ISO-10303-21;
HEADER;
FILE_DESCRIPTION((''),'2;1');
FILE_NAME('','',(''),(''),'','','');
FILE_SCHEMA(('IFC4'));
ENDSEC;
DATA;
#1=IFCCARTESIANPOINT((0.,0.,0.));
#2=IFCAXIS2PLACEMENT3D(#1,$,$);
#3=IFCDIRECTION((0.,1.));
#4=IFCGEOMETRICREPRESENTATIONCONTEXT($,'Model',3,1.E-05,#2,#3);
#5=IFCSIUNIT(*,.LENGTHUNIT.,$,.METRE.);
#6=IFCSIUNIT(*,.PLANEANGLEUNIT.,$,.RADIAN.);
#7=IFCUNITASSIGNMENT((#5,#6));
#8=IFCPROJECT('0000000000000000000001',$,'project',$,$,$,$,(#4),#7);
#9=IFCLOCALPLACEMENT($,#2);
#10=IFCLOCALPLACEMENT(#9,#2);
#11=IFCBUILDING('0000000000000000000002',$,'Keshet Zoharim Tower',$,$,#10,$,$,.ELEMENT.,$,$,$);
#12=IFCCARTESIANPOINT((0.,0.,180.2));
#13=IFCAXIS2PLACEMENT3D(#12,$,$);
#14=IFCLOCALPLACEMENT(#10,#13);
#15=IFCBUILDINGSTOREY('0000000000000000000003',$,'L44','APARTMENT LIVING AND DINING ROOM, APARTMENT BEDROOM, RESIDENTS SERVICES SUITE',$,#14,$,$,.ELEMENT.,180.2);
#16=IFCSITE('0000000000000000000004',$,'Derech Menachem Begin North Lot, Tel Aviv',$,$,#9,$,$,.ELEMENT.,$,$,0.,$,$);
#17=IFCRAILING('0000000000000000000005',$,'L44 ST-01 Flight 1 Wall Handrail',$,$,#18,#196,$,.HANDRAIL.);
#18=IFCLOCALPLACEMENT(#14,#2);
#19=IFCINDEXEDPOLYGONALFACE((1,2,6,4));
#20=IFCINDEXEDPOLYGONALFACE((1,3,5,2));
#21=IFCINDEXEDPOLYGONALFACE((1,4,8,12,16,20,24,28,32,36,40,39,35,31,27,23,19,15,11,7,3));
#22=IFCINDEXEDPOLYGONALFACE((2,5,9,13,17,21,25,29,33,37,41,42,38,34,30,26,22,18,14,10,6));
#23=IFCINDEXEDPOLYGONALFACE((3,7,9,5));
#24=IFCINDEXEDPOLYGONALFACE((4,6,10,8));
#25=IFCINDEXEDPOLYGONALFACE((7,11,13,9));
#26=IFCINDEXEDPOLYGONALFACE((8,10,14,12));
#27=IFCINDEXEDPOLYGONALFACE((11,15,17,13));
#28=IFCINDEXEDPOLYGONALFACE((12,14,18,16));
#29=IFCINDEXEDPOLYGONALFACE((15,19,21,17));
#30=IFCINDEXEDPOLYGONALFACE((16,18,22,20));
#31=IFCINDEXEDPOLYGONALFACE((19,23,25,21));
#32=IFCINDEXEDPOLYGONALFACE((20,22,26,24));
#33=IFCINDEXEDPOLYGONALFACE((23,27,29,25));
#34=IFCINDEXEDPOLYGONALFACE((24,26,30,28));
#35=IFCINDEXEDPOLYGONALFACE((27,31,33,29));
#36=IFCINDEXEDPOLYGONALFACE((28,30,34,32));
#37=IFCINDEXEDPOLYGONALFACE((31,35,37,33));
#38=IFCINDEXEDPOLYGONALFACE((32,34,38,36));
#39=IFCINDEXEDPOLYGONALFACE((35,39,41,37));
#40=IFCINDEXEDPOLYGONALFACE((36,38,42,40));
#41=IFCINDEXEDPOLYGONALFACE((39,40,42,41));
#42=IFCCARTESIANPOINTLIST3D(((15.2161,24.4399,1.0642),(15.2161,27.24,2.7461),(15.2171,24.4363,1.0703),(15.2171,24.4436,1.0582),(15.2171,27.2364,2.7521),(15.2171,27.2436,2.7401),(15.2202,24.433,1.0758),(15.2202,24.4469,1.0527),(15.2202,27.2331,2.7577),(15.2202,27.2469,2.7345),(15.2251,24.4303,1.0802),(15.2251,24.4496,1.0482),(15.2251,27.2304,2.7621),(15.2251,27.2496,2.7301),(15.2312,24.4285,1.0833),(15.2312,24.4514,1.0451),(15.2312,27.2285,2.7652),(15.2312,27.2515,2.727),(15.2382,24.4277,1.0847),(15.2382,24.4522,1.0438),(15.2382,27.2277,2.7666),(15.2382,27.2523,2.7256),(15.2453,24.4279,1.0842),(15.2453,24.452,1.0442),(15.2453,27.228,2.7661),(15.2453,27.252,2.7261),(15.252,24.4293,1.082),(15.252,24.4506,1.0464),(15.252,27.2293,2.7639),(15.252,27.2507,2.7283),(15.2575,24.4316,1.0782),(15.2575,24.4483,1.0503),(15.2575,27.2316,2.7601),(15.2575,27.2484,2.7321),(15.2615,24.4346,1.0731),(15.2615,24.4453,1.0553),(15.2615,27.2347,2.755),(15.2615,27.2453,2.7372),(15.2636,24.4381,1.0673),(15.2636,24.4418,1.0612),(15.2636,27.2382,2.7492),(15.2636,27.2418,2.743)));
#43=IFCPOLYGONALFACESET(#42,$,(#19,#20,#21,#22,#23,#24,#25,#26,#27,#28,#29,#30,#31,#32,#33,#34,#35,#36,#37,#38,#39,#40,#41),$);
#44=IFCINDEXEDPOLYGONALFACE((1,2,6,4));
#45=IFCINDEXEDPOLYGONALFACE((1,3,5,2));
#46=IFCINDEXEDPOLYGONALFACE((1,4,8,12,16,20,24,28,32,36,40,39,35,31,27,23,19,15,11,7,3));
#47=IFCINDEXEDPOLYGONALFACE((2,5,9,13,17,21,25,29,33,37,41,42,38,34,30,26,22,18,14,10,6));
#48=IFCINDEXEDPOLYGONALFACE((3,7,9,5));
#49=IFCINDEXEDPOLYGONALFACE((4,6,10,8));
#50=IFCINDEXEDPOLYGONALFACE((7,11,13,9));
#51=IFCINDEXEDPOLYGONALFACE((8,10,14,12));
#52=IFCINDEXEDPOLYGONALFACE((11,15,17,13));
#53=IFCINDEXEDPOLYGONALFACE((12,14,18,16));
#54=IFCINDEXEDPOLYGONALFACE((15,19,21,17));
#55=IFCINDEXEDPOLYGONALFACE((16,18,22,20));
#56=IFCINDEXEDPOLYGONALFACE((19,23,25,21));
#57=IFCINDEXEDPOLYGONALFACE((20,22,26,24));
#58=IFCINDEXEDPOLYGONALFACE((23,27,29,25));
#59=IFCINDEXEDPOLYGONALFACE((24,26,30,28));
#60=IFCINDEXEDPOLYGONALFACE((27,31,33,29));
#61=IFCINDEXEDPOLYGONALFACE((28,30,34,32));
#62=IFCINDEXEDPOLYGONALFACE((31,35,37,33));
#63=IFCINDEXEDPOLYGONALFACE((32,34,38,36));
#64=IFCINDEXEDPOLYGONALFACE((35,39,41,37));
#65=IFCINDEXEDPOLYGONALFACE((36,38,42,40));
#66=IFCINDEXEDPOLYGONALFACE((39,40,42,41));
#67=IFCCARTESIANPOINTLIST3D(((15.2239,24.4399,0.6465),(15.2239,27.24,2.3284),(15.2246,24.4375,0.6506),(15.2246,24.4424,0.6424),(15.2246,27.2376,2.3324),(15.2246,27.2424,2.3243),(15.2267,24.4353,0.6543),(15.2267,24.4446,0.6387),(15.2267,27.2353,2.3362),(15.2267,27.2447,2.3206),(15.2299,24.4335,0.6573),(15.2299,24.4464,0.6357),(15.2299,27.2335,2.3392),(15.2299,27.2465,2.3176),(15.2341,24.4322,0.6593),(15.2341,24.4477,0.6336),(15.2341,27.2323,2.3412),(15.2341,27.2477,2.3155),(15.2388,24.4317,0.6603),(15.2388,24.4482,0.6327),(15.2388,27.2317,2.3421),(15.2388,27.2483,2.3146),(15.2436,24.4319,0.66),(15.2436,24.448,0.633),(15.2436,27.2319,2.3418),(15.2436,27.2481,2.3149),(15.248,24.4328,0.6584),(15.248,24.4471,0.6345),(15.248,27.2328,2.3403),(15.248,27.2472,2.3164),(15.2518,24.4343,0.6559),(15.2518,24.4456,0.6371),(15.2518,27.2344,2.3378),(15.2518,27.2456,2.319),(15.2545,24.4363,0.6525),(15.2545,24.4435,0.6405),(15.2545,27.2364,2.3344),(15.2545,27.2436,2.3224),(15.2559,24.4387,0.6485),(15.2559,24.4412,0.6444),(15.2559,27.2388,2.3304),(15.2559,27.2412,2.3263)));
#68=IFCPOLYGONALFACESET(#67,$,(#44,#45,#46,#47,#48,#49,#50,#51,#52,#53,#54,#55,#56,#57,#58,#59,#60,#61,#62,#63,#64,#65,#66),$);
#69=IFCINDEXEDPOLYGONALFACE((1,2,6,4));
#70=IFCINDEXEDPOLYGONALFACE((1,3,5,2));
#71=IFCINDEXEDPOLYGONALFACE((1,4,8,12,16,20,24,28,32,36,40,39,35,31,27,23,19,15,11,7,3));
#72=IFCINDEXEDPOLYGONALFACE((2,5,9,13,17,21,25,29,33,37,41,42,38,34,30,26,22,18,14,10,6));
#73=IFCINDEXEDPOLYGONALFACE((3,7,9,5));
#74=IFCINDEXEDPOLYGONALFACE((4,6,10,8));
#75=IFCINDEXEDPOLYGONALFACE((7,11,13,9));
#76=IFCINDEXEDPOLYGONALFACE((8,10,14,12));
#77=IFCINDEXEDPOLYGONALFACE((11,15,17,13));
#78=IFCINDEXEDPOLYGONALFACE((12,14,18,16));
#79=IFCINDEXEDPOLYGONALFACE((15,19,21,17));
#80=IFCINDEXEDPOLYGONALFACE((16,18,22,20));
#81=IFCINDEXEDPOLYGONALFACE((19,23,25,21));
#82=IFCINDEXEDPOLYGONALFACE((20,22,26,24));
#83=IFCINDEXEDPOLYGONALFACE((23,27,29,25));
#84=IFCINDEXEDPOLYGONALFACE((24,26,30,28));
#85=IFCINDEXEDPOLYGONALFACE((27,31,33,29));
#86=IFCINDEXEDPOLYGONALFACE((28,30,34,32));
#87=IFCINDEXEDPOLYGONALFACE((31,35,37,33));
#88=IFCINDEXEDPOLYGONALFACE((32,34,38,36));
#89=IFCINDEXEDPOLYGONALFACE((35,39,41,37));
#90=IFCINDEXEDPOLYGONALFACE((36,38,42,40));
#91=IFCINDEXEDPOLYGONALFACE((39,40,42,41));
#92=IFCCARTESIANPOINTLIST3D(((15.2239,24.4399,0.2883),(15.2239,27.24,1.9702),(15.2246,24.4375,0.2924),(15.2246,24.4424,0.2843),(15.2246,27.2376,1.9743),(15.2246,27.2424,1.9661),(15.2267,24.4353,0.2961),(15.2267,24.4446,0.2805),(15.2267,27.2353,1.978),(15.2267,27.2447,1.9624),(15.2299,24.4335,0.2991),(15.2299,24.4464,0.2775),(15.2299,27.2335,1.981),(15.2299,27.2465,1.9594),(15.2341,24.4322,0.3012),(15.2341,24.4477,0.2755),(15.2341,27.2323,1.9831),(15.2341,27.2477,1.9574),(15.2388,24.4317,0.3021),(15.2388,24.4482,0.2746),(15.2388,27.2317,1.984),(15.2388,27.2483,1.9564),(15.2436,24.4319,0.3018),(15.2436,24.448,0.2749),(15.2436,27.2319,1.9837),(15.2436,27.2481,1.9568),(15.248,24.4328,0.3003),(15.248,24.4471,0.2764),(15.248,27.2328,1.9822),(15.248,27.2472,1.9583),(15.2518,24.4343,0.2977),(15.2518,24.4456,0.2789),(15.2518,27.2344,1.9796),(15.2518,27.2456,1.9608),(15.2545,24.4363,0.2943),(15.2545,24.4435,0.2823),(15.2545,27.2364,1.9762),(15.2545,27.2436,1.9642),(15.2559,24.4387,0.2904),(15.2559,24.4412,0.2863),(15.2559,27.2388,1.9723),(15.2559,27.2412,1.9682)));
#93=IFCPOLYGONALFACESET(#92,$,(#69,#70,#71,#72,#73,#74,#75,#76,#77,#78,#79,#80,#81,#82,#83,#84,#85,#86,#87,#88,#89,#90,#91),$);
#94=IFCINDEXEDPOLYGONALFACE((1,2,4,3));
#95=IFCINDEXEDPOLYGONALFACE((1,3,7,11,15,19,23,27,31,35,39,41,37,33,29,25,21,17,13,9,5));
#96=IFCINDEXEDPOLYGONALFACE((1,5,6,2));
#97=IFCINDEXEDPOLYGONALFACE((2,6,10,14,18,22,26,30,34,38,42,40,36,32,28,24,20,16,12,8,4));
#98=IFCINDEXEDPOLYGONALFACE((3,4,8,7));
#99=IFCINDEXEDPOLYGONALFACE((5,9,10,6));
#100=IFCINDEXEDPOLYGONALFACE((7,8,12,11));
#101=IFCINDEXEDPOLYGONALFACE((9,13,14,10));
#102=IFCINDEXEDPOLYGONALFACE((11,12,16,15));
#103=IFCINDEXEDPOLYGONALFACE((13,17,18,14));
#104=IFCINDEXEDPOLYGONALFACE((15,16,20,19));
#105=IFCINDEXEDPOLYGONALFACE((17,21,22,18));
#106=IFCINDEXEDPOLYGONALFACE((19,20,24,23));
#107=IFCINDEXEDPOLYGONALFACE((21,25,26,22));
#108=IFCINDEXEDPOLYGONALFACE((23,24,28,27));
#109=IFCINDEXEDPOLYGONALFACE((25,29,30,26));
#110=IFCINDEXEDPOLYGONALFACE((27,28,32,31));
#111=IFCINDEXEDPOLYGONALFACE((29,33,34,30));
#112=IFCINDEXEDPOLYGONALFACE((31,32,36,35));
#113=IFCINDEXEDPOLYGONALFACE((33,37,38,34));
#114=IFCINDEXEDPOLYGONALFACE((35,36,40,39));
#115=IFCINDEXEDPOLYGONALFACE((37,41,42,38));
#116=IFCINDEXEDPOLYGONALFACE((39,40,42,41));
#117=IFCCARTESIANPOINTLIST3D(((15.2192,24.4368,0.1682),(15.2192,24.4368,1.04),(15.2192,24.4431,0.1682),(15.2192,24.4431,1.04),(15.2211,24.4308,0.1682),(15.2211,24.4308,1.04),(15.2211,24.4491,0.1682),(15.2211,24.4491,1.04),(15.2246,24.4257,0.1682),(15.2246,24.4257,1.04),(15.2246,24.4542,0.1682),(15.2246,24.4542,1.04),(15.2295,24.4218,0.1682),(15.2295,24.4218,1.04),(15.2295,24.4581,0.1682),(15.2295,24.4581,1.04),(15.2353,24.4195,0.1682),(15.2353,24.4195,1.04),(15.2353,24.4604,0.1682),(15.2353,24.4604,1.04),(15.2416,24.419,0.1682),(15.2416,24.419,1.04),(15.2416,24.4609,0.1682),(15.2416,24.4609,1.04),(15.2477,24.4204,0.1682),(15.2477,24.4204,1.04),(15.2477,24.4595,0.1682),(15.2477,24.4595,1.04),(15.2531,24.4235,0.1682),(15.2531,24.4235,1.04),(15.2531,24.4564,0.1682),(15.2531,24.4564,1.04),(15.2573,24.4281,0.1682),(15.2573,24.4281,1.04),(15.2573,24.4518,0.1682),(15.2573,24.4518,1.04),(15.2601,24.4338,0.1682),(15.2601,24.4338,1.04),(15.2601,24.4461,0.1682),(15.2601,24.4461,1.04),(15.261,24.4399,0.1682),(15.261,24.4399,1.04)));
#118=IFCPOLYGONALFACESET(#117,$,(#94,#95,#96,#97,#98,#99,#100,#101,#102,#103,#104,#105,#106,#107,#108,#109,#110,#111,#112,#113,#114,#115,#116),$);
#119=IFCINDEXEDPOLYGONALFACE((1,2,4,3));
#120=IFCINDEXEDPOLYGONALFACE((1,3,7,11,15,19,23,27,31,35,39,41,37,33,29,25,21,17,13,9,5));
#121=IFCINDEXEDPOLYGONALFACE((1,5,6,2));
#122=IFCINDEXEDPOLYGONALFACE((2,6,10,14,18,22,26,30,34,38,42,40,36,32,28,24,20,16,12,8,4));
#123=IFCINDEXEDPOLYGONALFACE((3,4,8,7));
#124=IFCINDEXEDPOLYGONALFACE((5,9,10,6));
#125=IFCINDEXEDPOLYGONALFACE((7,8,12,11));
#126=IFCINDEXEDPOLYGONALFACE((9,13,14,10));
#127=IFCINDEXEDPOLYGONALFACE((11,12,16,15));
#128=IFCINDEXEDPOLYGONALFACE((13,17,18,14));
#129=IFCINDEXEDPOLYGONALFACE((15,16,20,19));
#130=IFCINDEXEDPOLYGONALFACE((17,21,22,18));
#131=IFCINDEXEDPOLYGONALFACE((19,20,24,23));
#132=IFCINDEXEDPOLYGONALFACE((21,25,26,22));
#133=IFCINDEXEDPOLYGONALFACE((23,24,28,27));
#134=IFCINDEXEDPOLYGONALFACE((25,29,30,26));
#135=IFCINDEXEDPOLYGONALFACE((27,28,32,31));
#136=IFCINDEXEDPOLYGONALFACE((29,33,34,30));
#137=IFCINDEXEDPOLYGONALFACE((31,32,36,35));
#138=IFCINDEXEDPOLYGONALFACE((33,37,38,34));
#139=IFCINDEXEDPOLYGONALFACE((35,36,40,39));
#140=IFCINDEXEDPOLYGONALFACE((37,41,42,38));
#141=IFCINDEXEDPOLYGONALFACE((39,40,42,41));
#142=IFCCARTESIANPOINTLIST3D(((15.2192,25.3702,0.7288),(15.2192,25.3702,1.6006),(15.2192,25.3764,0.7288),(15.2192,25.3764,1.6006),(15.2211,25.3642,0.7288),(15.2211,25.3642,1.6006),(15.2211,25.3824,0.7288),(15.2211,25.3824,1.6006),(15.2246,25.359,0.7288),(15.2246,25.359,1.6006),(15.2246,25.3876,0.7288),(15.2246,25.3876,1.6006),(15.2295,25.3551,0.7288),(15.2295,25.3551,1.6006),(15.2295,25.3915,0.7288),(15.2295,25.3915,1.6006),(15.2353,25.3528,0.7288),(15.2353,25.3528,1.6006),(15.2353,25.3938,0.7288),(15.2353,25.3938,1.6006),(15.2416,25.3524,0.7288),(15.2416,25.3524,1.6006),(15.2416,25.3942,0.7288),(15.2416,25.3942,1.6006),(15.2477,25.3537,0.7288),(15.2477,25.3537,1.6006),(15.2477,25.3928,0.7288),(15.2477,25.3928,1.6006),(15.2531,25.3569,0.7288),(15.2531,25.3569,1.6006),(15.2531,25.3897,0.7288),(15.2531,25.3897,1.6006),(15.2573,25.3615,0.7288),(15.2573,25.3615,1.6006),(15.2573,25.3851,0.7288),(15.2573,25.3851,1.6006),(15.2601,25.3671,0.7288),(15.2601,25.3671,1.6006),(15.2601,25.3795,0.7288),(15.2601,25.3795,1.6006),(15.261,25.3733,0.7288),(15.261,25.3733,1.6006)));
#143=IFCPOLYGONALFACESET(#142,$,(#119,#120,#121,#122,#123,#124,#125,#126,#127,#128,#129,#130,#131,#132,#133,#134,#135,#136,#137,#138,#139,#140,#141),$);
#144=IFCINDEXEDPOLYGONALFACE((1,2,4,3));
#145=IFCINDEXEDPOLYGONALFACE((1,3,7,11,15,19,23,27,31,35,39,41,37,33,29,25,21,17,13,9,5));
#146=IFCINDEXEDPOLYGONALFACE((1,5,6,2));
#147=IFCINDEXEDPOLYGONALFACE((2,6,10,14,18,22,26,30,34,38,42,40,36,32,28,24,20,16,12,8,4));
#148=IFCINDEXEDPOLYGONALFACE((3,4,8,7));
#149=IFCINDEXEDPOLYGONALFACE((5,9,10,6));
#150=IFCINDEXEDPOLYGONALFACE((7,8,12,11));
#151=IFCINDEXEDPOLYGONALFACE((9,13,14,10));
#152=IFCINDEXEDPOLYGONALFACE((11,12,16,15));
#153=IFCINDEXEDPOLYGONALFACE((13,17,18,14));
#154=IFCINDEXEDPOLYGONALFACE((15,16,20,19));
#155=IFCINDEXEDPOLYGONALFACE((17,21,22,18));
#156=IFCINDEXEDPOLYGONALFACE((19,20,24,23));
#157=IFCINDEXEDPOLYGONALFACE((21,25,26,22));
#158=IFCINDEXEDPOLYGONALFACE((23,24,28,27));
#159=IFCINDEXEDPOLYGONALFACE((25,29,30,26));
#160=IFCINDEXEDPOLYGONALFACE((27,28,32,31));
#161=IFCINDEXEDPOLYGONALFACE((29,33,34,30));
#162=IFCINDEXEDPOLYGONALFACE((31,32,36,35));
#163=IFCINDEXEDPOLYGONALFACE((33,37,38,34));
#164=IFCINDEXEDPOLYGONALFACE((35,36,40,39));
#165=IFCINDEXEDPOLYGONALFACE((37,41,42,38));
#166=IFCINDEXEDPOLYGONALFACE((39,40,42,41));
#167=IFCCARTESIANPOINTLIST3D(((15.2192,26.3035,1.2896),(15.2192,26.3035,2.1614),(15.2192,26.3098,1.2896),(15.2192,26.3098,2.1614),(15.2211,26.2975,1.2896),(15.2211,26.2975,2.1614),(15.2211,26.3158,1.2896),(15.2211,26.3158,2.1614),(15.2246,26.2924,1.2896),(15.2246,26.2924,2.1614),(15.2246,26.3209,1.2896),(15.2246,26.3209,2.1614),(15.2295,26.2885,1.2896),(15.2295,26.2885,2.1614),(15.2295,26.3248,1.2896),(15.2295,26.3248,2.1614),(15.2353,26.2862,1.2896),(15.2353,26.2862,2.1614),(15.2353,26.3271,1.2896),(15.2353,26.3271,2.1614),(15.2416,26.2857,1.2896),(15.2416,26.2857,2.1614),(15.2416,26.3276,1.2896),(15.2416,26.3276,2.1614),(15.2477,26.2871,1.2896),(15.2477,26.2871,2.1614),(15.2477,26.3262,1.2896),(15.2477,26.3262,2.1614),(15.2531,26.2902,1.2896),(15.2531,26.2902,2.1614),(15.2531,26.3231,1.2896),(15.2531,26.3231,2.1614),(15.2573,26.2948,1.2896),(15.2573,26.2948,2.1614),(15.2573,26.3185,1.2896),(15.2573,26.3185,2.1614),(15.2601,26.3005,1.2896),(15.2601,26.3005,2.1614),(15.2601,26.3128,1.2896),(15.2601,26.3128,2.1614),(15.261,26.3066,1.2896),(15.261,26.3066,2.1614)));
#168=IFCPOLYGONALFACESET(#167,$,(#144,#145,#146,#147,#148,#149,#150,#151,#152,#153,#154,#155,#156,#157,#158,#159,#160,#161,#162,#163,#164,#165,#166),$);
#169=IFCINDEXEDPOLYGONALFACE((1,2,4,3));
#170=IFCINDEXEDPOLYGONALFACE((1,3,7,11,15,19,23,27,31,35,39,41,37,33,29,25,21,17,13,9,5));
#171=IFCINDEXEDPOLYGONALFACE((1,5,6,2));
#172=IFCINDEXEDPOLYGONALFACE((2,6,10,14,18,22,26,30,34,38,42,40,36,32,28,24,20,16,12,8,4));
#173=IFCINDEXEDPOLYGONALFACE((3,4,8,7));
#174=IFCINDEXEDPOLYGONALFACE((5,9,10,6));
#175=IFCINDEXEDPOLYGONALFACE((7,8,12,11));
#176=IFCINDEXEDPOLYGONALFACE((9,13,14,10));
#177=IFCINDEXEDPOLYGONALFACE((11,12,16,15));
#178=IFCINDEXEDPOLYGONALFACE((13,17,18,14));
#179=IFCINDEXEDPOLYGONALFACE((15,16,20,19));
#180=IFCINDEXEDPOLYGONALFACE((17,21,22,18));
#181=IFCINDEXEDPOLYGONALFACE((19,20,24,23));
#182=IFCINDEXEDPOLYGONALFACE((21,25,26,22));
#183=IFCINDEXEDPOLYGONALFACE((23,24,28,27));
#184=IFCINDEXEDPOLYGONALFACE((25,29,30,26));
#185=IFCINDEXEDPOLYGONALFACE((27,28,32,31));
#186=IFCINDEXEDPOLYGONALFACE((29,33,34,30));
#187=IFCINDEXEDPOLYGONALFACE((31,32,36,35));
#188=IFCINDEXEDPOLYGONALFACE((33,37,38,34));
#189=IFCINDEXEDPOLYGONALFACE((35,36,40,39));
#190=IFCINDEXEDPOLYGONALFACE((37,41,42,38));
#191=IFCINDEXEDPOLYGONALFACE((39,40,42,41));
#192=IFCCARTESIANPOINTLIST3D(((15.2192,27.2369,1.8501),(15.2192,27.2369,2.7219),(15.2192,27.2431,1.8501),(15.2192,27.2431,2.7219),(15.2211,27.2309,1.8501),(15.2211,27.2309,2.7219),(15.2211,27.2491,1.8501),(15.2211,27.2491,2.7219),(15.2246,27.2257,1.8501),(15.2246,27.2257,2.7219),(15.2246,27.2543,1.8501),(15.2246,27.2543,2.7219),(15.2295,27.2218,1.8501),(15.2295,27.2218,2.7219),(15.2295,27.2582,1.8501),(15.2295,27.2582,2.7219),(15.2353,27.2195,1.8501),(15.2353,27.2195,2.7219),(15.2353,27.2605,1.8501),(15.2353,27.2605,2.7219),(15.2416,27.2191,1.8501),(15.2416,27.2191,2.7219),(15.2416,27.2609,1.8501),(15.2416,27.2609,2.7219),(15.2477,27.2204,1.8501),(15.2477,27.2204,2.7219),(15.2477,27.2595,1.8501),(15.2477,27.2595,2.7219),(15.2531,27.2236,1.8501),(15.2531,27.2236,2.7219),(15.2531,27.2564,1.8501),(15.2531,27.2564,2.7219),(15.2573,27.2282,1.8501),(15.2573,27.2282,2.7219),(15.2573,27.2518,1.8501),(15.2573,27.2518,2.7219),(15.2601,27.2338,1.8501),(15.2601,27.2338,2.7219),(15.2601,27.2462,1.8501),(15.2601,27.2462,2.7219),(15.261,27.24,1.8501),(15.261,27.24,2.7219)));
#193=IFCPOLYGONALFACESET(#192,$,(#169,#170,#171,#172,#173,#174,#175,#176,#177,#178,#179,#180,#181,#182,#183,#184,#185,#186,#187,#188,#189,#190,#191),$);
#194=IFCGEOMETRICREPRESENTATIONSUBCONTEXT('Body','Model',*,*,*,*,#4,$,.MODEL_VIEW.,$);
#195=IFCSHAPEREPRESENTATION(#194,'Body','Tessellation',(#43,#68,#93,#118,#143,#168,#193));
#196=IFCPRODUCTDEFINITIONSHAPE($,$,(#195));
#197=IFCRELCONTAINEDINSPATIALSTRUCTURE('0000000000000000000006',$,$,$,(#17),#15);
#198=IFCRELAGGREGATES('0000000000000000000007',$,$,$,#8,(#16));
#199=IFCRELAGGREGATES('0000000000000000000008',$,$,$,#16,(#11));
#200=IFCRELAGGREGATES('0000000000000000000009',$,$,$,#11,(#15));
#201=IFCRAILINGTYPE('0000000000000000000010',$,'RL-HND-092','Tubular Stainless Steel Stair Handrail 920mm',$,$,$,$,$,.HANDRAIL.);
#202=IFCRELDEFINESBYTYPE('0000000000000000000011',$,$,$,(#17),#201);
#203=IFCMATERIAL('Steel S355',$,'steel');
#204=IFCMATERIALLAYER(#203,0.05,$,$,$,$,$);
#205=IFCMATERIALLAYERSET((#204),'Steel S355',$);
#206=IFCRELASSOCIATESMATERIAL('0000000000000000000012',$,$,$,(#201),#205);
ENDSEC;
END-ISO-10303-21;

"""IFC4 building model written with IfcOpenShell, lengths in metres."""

from ifc_helpers import new_model, si_unit, direction, frame, origin, origin_2d, place, context, subcontext, project, spatial, circle, extrude, material, layer, layer_set, type_object, element, save


model = new_model("IFC4")

# Units and contexts
model_context = context("Model", 3, precision=1e-05, world=origin(), true_north=direction((0.0, 1.0)))
body_context = subcontext(model_context, "Body", "Model", "MODEL_VIEW")
ifc_project = project(units=[si_unit("LENGTHUNIT", "METRE"), si_unit("PLANEANGLEUNIT", "RADIAN")], contexts=[model_context])

# Site, building, storey
site_placement = place(None, origin())
site = spatial("IfcSite", under=ifc_project, at=site_placement, Name="Derech Menachem Begin North Lot, Tel Aviv", CompositionType="ELEMENT", RefElevation=0.0)
building_placement = place(site_placement, origin())
building = spatial("IfcBuilding", under=site, at=building_placement, Name="Keshet Zoharim Tower", CompositionType="ELEMENT")
storey_placement = place(building_placement, frame((0.0, 0.0, 180.2)))
storey = spatial("IfcBuildingStorey", under=building, at=storey_placement, Name="L44", Description="APARTMENT LIVING AND DINING ROOM, APARTMENT BEDROOM, RESIDENTS SERVICES SUITE", CompositionType="ELEMENT", Elevation=180.2)

# Railing
ifc_material_1 = material(Name="Steel S355", Category="steel")
ifc_layer_1 = layer(ifc_material_1, 0.05)
ifc_layer_set_1 = layer_set([ifc_layer_1], Name="Steel S355")
railing_type = type_object("IfcRailingType", Name="RL-HND-092", Description="Tubular Stainless Steel Stair Handrail 920mm", PredefinedType="HANDRAIL", material=ifc_layer_set_1)
railing_placement = place(storey_placement, frame((15.24, 24.4399, 0.1682)))
element("IfcRailing", 1, at=railing_placement, inside=storey, type_object=railing_type, Name="L44 ST-01 Flight 1 Wall Handrail", PredefinedType="HANDRAIL", context=body_context, shape_type="SweptSolid", body=[
    extrude(circle(Radius=0.0239, at=origin_2d()), frame((0.0, 0.0, 0.896), z_axis=(0.0, 0.857242, 0.514913), x_axis=(-1.0, 0.0, 0.0)), (0.0, 0.0, 1.0), 3.2664),
    extrude(circle(Radius=0.0161, at=origin_2d()), frame((0.0, 0.0, 0.4783), z_axis=(0.0, 0.857242, 0.514913), x_axis=(-1.0, 0.0, 0.0)), (0.0, 0.0, 1.0), 3.2664),
    extrude(circle(Radius=0.0161, at=origin_2d()), frame((0.0, 0.0, 0.1201), z_axis=(0.0, 0.857242, 0.514913), x_axis=(-1.0, 0.0, 0.0)), (0.0, 0.0, 1.0), 3.2664),
    extrude(circle(Radius=0.021, at=origin_2d()), origin(), (0.0, 0.0, 1.0), 0.8718),
    extrude(circle(Radius=0.021, at=origin_2d()), frame((0.0, 0.9333, 0.5605)), (0.0, 0.0, 1.0), 0.8718),
    extrude(circle(Radius=0.021, at=origin_2d()), frame((0.0, 1.8667, 1.1213)), (0.0, 0.0, 1.0), 0.8718),
    extrude(circle(Radius=0.021, at=origin_2d()), frame((0.0, 2.8, 1.6819)), (0.0, 0.0, 1.0), 0.8718),
])

save(model, "model.ifc")
